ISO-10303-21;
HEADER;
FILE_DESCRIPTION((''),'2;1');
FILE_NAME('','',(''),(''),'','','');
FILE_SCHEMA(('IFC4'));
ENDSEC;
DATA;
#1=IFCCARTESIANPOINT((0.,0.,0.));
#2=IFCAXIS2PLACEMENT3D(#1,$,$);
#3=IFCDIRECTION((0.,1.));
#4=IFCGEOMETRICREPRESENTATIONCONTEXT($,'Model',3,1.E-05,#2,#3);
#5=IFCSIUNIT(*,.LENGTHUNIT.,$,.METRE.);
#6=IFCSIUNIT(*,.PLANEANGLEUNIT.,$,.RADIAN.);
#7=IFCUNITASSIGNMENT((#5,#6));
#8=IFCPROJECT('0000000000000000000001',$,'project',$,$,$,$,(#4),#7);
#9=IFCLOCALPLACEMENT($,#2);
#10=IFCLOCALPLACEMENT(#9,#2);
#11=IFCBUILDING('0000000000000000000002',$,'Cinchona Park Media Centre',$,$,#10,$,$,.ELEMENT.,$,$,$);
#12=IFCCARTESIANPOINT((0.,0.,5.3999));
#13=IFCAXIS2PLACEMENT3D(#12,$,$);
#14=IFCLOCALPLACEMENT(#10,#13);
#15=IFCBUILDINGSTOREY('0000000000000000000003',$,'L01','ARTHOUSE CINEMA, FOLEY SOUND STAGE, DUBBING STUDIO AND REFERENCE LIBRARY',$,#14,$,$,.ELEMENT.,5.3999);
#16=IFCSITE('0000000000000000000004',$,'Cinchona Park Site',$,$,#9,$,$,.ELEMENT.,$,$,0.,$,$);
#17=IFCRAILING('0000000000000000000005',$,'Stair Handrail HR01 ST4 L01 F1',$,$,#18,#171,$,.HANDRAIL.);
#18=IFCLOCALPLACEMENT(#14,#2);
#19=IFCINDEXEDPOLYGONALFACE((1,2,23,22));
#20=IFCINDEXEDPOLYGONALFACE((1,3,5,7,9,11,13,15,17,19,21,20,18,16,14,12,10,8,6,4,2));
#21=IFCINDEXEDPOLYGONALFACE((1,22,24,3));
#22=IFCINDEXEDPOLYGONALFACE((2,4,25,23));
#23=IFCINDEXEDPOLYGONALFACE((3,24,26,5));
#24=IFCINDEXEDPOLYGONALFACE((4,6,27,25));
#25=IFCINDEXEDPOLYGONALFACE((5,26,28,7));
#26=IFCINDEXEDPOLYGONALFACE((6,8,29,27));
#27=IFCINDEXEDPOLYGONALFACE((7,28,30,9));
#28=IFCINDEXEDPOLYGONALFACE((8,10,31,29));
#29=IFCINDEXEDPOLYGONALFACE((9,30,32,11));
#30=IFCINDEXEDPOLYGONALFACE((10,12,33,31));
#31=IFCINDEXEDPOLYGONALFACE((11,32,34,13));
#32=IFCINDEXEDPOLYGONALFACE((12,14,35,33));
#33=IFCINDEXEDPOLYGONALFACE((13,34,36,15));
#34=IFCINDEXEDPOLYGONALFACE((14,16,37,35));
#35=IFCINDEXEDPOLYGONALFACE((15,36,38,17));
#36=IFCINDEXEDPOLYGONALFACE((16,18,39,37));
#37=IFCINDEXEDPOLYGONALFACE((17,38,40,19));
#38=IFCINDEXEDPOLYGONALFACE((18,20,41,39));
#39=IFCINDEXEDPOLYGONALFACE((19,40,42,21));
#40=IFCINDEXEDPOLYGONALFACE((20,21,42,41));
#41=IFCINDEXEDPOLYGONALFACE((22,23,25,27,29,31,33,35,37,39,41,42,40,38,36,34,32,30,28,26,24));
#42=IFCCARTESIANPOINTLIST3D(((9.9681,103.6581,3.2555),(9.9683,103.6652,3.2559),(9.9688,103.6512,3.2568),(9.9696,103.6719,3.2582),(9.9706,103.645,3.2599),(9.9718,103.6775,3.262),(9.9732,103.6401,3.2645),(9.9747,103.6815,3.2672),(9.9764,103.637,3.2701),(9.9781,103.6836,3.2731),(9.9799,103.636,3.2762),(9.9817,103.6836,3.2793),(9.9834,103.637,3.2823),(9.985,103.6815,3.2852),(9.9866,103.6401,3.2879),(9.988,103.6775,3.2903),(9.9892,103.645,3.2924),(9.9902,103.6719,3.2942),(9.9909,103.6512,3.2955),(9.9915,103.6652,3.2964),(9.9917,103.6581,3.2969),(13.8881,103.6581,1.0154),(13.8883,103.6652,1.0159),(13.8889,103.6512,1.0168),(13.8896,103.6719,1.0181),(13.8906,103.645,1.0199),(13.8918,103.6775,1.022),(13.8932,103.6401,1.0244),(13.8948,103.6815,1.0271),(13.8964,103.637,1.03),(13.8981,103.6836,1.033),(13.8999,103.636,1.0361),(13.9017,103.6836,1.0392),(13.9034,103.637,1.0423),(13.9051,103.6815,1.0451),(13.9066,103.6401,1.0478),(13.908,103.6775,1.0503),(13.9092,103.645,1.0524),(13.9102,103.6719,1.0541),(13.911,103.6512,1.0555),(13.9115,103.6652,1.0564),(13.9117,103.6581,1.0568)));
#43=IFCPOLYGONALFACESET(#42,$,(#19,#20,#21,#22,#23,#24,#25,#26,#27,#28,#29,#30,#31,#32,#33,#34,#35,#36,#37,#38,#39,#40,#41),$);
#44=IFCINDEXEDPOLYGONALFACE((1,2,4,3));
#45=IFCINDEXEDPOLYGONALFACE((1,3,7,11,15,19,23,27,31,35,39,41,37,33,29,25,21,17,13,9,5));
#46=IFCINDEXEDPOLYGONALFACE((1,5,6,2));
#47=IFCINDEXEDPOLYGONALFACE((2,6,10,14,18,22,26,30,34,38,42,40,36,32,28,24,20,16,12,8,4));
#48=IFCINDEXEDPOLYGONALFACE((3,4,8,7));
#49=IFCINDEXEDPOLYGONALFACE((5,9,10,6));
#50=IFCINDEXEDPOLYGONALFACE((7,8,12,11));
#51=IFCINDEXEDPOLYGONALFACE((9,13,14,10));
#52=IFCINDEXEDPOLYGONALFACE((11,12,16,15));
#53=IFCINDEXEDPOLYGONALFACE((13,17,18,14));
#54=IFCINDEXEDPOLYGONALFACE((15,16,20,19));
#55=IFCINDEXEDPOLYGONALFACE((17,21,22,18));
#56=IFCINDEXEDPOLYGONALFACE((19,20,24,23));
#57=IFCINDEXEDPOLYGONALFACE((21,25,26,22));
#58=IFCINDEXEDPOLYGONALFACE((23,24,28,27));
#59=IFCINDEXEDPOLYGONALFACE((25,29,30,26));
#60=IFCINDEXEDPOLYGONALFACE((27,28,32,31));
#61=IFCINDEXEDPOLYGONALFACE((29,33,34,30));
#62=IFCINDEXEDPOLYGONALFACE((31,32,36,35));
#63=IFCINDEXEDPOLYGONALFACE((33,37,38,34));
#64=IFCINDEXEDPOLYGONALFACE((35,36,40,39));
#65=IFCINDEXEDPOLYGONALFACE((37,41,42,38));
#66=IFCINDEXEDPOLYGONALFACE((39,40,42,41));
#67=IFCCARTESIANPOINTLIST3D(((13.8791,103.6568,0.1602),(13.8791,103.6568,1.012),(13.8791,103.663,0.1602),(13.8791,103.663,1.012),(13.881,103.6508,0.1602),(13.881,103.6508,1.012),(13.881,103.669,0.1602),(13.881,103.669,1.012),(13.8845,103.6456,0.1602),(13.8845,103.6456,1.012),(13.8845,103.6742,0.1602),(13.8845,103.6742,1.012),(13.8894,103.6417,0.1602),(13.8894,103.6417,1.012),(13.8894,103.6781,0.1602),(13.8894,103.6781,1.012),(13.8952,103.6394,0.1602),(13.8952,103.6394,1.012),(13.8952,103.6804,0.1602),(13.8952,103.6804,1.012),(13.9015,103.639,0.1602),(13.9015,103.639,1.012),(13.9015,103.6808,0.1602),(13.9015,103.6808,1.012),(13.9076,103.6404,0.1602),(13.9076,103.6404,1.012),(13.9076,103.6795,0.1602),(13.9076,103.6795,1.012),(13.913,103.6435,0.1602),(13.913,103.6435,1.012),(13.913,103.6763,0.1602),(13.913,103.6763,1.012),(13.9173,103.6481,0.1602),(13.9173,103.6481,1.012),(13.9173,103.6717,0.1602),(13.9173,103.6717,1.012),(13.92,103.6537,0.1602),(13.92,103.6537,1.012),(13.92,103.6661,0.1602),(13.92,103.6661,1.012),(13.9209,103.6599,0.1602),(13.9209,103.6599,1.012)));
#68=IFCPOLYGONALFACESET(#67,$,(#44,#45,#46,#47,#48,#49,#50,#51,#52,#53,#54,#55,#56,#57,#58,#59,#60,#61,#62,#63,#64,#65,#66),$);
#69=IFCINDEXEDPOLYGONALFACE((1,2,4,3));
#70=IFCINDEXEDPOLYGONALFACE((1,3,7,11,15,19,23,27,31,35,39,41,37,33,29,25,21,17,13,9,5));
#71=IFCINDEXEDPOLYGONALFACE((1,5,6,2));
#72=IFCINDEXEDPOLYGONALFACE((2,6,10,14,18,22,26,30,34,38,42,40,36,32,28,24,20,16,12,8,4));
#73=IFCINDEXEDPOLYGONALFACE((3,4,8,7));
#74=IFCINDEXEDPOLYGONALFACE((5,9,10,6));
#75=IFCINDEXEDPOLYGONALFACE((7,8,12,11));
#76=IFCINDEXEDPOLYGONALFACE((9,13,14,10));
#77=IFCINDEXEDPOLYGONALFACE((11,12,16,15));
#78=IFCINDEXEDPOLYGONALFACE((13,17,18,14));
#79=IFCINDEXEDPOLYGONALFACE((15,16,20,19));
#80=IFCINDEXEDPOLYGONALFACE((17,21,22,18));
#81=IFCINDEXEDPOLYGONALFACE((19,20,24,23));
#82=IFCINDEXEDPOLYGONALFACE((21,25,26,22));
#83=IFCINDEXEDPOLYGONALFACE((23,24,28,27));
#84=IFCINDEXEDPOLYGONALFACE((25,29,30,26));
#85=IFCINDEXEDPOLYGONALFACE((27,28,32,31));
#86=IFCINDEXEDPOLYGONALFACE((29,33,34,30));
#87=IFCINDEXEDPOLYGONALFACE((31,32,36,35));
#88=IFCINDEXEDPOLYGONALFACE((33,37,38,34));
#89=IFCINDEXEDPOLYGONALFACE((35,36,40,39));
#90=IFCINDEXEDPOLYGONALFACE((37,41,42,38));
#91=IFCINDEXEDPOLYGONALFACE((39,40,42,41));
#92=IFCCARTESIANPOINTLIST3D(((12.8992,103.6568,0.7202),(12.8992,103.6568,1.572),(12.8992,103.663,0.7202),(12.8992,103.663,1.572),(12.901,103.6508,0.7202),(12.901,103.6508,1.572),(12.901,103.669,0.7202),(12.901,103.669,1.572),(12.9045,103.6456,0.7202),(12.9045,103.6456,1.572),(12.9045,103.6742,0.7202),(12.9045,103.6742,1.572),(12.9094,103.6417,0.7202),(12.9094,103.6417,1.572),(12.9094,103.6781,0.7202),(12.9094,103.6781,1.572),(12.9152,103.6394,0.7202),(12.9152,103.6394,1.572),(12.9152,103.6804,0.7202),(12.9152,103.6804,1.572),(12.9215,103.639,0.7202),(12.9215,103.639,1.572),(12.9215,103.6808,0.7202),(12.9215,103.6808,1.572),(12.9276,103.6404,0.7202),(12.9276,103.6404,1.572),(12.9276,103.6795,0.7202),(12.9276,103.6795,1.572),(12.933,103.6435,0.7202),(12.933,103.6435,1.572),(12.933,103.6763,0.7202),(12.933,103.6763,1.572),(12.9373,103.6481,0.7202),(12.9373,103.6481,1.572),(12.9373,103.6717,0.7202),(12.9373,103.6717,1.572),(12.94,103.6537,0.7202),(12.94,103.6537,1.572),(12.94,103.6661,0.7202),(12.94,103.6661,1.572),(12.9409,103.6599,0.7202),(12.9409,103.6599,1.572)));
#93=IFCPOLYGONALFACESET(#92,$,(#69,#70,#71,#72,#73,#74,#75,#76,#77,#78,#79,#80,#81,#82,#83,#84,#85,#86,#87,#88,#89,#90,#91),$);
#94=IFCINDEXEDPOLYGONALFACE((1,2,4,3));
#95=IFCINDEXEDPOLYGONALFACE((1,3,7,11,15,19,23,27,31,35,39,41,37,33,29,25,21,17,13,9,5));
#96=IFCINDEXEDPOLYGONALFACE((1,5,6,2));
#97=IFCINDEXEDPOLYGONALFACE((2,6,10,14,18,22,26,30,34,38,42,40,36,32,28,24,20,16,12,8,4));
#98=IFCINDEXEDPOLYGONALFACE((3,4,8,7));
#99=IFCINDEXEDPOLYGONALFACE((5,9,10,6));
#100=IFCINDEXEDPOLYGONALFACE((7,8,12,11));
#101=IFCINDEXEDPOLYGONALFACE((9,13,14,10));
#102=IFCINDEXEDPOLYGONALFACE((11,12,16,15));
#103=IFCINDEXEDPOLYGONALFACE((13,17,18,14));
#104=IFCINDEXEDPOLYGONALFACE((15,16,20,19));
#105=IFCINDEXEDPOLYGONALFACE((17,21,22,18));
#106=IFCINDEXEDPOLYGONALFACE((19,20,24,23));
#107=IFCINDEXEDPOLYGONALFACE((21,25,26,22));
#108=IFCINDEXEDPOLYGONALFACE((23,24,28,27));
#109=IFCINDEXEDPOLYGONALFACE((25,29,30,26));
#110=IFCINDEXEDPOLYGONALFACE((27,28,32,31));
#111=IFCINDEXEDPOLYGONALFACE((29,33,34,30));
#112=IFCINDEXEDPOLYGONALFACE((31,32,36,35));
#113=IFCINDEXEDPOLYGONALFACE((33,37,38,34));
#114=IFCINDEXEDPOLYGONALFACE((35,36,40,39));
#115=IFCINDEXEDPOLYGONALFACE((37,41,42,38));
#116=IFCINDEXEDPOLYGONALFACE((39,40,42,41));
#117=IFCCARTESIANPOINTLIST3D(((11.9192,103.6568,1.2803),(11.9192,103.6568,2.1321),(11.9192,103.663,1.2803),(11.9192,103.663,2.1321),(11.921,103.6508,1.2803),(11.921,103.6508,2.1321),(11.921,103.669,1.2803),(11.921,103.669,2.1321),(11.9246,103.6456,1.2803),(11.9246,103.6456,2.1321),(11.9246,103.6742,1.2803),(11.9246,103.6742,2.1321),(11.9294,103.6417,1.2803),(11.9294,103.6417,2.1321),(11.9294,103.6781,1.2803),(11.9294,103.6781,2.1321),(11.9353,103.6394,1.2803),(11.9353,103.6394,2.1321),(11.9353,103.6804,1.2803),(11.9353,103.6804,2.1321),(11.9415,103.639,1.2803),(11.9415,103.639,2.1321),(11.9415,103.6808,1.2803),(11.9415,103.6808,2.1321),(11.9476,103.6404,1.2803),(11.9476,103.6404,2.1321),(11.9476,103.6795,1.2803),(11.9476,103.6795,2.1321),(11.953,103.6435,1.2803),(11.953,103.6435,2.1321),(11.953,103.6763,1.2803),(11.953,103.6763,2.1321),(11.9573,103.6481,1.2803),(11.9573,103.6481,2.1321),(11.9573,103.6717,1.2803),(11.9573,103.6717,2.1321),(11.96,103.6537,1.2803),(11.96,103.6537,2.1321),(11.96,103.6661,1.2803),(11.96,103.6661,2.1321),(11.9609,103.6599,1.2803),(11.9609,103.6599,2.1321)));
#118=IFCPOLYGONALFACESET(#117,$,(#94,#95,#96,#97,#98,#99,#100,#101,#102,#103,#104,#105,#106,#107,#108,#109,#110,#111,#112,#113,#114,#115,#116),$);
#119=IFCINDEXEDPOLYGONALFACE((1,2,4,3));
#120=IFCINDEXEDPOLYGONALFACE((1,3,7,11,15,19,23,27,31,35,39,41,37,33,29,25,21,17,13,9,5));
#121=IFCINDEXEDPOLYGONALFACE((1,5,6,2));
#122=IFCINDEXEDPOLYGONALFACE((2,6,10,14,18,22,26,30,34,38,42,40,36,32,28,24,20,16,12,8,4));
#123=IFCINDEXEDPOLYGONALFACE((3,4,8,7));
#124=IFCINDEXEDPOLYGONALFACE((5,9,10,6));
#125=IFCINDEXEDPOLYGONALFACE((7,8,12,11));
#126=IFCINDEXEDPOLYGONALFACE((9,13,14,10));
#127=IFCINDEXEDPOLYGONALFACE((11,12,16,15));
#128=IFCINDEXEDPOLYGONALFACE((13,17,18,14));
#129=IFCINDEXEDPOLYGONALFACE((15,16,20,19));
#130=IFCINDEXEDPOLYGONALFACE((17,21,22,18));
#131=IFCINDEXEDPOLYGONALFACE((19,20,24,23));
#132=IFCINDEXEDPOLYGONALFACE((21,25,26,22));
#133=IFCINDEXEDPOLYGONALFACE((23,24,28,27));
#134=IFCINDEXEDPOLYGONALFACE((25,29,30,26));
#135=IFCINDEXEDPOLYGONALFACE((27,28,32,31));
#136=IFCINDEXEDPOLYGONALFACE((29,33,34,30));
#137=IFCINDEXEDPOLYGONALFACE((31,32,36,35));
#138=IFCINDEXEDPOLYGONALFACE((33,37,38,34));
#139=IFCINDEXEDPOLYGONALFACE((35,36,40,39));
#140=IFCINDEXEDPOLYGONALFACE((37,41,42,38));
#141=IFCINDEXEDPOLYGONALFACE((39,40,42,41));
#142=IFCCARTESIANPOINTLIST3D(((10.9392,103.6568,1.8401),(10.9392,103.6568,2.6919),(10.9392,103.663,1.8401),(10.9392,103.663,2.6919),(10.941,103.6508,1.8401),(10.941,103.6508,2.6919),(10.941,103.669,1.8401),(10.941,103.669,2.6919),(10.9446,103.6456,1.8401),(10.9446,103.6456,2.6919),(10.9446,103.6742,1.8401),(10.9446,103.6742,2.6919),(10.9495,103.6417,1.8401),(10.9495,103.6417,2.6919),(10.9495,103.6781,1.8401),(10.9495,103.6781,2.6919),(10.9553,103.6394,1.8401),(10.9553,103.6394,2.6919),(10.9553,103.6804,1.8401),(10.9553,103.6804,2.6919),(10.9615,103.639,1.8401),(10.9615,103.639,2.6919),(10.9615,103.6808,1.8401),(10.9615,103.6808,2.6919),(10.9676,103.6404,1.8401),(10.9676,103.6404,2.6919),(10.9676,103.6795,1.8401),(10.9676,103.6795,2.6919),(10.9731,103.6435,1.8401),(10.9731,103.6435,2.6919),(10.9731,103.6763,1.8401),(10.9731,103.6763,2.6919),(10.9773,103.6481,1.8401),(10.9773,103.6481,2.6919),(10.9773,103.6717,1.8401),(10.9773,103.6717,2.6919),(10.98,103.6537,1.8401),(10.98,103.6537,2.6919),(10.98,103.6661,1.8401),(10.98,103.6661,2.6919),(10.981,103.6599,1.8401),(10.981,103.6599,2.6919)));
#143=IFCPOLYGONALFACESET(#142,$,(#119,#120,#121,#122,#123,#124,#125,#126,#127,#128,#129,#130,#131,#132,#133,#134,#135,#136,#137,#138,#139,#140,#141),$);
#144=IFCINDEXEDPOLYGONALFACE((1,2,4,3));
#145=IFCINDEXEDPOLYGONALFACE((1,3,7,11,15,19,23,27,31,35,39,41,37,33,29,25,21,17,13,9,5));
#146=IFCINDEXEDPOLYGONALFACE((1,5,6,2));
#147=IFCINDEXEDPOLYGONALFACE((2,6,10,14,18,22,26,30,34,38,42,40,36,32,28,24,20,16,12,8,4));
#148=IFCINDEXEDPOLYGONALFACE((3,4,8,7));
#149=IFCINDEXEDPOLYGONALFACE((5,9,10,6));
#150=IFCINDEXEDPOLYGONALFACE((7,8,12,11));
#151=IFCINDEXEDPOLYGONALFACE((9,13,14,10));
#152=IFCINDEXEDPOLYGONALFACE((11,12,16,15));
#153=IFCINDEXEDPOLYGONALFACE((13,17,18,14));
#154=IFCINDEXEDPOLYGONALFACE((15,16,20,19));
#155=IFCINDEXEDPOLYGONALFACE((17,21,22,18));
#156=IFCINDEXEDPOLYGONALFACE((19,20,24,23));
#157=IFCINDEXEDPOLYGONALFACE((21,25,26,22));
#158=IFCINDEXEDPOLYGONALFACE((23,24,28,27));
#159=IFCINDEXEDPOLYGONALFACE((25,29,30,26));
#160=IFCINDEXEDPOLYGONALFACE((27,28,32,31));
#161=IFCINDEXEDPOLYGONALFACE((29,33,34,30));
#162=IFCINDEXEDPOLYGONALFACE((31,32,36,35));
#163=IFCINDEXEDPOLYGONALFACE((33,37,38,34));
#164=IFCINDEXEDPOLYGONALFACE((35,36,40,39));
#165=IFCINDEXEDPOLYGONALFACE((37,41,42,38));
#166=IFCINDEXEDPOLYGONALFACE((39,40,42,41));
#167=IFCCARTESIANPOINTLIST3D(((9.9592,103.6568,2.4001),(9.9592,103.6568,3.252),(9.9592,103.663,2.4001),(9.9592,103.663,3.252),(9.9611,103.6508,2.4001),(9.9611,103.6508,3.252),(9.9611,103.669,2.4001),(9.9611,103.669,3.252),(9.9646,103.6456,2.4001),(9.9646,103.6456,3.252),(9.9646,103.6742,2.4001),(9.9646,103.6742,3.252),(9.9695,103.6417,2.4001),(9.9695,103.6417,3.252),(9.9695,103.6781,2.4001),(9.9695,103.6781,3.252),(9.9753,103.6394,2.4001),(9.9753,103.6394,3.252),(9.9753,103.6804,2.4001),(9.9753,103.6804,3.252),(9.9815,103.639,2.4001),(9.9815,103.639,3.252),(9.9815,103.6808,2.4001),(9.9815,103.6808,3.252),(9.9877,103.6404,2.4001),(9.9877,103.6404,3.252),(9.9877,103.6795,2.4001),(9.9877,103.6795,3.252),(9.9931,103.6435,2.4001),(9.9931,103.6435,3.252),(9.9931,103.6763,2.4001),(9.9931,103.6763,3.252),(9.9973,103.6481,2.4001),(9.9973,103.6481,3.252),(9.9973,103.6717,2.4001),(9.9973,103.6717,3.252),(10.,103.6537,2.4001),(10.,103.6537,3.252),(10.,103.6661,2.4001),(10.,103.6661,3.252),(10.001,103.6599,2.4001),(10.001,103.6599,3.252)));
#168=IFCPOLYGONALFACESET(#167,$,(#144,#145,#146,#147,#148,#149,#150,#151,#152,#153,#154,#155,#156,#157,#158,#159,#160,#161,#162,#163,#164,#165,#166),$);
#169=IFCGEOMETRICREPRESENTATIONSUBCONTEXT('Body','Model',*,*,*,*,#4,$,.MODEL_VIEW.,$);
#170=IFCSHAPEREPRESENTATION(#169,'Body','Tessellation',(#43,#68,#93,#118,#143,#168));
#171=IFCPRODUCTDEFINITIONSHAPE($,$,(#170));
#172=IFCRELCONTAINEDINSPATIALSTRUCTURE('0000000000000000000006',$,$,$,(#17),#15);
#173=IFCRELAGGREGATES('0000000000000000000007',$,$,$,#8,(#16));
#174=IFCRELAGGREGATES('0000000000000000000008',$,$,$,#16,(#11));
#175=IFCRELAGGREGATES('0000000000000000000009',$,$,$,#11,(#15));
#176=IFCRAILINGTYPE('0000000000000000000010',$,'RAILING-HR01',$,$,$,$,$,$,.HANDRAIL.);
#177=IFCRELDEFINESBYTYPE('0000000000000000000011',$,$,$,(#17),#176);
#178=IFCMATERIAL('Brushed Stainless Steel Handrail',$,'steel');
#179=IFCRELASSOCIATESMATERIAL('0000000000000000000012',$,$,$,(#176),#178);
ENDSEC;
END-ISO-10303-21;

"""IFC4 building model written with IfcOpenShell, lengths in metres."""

from ifc_helpers import new_model, si_unit, direction, frame, origin, origin_2d, place, context, subcontext, project, spatial, circle, extrude, material, type_object, element, save


model = new_model("IFC4")

# Units and contexts
model_context = context("Model", 3, precision=1e-05, world=origin(), true_north=direction((0.0, 1.0)))
body_context = subcontext(model_context, "Body", "Model", "MODEL_VIEW")
ifc_project = project(units=[si_unit("LENGTHUNIT", "METRE"), si_unit("PLANEANGLEUNIT", "RADIAN")], contexts=[model_context])

# Site, building, storey
site_placement = place(None, origin())
site = spatial("IfcSite", under=ifc_project, at=site_placement, Name="Cinchona Park Site", CompositionType="ELEMENT", RefElevation=0.0)
building_placement = place(site_placement, origin())
building = spatial("IfcBuilding", under=site, at=building_placement, Name="Cinchona Park Media Centre", CompositionType="ELEMENT")
storey_placement = place(building_placement, frame((0.0, 0.0, 5.3999)))
storey = spatial("IfcBuildingStorey", under=building, at=storey_placement, Name="L01", Description="ARTHOUSE CINEMA, FOLEY SOUND STAGE, DUBBING STUDIO AND REFERENCE LIBRARY", CompositionType="ELEMENT", Elevation=5.3999)

# Railing
ifc_material_1 = material(Name="Brushed Stainless Steel Handrail", Category="steel")
railing_type_1 = type_object("IfcRailingType", Name="RAILING-HR01", PredefinedType="HANDRAIL", material=ifc_material_1)
railing_1_placement = place(storey_placement, frame((13.8999, 103.6599, 0.1602)))
element("IfcRailing", 1, at=railing_1_placement, inside=storey, type_object=railing_type_1, Name="Stair Handrail HR01 ST4 L01 F1", PredefinedType="HANDRAIL", context=body_context, shape_type="SweptSolid", body=[
    extrude(circle(Radius=0.0239, at=origin_2d()), frame((0.0, 0.0, 0.876), z_axis=(-0.86824, 0.0, 0.496145), x_axis=(0.0, -1.0, 0.0)), (0.0, 0.0, 1.0), 4.5149),
    extrude(circle(Radius=0.021, at=origin_2d()), origin(), (0.0, 0.0, 1.0), 0.8518),
    extrude(circle(Radius=0.021, at=origin_2d()), frame((-0.98, 0.0, 0.5601)), (0.0, 0.0, 1.0), 0.8518),
    extrude(circle(Radius=0.021, at=origin_2d()), frame((-1.96, 0.0, 1.1201)), (0.0, 0.0, 1.0), 0.8518),
    extrude(circle(Radius=0.021, at=origin_2d()), frame((-2.9399, 0.0, 1.6799)), (0.0, 0.0, 1.0), 0.8518),
    extrude(circle(Radius=0.021, at=origin_2d()), frame((-3.9199, 0.0, 2.24)), (0.0, 0.0, 1.0), 0.8518),
])

save(model, "model.ifc")
